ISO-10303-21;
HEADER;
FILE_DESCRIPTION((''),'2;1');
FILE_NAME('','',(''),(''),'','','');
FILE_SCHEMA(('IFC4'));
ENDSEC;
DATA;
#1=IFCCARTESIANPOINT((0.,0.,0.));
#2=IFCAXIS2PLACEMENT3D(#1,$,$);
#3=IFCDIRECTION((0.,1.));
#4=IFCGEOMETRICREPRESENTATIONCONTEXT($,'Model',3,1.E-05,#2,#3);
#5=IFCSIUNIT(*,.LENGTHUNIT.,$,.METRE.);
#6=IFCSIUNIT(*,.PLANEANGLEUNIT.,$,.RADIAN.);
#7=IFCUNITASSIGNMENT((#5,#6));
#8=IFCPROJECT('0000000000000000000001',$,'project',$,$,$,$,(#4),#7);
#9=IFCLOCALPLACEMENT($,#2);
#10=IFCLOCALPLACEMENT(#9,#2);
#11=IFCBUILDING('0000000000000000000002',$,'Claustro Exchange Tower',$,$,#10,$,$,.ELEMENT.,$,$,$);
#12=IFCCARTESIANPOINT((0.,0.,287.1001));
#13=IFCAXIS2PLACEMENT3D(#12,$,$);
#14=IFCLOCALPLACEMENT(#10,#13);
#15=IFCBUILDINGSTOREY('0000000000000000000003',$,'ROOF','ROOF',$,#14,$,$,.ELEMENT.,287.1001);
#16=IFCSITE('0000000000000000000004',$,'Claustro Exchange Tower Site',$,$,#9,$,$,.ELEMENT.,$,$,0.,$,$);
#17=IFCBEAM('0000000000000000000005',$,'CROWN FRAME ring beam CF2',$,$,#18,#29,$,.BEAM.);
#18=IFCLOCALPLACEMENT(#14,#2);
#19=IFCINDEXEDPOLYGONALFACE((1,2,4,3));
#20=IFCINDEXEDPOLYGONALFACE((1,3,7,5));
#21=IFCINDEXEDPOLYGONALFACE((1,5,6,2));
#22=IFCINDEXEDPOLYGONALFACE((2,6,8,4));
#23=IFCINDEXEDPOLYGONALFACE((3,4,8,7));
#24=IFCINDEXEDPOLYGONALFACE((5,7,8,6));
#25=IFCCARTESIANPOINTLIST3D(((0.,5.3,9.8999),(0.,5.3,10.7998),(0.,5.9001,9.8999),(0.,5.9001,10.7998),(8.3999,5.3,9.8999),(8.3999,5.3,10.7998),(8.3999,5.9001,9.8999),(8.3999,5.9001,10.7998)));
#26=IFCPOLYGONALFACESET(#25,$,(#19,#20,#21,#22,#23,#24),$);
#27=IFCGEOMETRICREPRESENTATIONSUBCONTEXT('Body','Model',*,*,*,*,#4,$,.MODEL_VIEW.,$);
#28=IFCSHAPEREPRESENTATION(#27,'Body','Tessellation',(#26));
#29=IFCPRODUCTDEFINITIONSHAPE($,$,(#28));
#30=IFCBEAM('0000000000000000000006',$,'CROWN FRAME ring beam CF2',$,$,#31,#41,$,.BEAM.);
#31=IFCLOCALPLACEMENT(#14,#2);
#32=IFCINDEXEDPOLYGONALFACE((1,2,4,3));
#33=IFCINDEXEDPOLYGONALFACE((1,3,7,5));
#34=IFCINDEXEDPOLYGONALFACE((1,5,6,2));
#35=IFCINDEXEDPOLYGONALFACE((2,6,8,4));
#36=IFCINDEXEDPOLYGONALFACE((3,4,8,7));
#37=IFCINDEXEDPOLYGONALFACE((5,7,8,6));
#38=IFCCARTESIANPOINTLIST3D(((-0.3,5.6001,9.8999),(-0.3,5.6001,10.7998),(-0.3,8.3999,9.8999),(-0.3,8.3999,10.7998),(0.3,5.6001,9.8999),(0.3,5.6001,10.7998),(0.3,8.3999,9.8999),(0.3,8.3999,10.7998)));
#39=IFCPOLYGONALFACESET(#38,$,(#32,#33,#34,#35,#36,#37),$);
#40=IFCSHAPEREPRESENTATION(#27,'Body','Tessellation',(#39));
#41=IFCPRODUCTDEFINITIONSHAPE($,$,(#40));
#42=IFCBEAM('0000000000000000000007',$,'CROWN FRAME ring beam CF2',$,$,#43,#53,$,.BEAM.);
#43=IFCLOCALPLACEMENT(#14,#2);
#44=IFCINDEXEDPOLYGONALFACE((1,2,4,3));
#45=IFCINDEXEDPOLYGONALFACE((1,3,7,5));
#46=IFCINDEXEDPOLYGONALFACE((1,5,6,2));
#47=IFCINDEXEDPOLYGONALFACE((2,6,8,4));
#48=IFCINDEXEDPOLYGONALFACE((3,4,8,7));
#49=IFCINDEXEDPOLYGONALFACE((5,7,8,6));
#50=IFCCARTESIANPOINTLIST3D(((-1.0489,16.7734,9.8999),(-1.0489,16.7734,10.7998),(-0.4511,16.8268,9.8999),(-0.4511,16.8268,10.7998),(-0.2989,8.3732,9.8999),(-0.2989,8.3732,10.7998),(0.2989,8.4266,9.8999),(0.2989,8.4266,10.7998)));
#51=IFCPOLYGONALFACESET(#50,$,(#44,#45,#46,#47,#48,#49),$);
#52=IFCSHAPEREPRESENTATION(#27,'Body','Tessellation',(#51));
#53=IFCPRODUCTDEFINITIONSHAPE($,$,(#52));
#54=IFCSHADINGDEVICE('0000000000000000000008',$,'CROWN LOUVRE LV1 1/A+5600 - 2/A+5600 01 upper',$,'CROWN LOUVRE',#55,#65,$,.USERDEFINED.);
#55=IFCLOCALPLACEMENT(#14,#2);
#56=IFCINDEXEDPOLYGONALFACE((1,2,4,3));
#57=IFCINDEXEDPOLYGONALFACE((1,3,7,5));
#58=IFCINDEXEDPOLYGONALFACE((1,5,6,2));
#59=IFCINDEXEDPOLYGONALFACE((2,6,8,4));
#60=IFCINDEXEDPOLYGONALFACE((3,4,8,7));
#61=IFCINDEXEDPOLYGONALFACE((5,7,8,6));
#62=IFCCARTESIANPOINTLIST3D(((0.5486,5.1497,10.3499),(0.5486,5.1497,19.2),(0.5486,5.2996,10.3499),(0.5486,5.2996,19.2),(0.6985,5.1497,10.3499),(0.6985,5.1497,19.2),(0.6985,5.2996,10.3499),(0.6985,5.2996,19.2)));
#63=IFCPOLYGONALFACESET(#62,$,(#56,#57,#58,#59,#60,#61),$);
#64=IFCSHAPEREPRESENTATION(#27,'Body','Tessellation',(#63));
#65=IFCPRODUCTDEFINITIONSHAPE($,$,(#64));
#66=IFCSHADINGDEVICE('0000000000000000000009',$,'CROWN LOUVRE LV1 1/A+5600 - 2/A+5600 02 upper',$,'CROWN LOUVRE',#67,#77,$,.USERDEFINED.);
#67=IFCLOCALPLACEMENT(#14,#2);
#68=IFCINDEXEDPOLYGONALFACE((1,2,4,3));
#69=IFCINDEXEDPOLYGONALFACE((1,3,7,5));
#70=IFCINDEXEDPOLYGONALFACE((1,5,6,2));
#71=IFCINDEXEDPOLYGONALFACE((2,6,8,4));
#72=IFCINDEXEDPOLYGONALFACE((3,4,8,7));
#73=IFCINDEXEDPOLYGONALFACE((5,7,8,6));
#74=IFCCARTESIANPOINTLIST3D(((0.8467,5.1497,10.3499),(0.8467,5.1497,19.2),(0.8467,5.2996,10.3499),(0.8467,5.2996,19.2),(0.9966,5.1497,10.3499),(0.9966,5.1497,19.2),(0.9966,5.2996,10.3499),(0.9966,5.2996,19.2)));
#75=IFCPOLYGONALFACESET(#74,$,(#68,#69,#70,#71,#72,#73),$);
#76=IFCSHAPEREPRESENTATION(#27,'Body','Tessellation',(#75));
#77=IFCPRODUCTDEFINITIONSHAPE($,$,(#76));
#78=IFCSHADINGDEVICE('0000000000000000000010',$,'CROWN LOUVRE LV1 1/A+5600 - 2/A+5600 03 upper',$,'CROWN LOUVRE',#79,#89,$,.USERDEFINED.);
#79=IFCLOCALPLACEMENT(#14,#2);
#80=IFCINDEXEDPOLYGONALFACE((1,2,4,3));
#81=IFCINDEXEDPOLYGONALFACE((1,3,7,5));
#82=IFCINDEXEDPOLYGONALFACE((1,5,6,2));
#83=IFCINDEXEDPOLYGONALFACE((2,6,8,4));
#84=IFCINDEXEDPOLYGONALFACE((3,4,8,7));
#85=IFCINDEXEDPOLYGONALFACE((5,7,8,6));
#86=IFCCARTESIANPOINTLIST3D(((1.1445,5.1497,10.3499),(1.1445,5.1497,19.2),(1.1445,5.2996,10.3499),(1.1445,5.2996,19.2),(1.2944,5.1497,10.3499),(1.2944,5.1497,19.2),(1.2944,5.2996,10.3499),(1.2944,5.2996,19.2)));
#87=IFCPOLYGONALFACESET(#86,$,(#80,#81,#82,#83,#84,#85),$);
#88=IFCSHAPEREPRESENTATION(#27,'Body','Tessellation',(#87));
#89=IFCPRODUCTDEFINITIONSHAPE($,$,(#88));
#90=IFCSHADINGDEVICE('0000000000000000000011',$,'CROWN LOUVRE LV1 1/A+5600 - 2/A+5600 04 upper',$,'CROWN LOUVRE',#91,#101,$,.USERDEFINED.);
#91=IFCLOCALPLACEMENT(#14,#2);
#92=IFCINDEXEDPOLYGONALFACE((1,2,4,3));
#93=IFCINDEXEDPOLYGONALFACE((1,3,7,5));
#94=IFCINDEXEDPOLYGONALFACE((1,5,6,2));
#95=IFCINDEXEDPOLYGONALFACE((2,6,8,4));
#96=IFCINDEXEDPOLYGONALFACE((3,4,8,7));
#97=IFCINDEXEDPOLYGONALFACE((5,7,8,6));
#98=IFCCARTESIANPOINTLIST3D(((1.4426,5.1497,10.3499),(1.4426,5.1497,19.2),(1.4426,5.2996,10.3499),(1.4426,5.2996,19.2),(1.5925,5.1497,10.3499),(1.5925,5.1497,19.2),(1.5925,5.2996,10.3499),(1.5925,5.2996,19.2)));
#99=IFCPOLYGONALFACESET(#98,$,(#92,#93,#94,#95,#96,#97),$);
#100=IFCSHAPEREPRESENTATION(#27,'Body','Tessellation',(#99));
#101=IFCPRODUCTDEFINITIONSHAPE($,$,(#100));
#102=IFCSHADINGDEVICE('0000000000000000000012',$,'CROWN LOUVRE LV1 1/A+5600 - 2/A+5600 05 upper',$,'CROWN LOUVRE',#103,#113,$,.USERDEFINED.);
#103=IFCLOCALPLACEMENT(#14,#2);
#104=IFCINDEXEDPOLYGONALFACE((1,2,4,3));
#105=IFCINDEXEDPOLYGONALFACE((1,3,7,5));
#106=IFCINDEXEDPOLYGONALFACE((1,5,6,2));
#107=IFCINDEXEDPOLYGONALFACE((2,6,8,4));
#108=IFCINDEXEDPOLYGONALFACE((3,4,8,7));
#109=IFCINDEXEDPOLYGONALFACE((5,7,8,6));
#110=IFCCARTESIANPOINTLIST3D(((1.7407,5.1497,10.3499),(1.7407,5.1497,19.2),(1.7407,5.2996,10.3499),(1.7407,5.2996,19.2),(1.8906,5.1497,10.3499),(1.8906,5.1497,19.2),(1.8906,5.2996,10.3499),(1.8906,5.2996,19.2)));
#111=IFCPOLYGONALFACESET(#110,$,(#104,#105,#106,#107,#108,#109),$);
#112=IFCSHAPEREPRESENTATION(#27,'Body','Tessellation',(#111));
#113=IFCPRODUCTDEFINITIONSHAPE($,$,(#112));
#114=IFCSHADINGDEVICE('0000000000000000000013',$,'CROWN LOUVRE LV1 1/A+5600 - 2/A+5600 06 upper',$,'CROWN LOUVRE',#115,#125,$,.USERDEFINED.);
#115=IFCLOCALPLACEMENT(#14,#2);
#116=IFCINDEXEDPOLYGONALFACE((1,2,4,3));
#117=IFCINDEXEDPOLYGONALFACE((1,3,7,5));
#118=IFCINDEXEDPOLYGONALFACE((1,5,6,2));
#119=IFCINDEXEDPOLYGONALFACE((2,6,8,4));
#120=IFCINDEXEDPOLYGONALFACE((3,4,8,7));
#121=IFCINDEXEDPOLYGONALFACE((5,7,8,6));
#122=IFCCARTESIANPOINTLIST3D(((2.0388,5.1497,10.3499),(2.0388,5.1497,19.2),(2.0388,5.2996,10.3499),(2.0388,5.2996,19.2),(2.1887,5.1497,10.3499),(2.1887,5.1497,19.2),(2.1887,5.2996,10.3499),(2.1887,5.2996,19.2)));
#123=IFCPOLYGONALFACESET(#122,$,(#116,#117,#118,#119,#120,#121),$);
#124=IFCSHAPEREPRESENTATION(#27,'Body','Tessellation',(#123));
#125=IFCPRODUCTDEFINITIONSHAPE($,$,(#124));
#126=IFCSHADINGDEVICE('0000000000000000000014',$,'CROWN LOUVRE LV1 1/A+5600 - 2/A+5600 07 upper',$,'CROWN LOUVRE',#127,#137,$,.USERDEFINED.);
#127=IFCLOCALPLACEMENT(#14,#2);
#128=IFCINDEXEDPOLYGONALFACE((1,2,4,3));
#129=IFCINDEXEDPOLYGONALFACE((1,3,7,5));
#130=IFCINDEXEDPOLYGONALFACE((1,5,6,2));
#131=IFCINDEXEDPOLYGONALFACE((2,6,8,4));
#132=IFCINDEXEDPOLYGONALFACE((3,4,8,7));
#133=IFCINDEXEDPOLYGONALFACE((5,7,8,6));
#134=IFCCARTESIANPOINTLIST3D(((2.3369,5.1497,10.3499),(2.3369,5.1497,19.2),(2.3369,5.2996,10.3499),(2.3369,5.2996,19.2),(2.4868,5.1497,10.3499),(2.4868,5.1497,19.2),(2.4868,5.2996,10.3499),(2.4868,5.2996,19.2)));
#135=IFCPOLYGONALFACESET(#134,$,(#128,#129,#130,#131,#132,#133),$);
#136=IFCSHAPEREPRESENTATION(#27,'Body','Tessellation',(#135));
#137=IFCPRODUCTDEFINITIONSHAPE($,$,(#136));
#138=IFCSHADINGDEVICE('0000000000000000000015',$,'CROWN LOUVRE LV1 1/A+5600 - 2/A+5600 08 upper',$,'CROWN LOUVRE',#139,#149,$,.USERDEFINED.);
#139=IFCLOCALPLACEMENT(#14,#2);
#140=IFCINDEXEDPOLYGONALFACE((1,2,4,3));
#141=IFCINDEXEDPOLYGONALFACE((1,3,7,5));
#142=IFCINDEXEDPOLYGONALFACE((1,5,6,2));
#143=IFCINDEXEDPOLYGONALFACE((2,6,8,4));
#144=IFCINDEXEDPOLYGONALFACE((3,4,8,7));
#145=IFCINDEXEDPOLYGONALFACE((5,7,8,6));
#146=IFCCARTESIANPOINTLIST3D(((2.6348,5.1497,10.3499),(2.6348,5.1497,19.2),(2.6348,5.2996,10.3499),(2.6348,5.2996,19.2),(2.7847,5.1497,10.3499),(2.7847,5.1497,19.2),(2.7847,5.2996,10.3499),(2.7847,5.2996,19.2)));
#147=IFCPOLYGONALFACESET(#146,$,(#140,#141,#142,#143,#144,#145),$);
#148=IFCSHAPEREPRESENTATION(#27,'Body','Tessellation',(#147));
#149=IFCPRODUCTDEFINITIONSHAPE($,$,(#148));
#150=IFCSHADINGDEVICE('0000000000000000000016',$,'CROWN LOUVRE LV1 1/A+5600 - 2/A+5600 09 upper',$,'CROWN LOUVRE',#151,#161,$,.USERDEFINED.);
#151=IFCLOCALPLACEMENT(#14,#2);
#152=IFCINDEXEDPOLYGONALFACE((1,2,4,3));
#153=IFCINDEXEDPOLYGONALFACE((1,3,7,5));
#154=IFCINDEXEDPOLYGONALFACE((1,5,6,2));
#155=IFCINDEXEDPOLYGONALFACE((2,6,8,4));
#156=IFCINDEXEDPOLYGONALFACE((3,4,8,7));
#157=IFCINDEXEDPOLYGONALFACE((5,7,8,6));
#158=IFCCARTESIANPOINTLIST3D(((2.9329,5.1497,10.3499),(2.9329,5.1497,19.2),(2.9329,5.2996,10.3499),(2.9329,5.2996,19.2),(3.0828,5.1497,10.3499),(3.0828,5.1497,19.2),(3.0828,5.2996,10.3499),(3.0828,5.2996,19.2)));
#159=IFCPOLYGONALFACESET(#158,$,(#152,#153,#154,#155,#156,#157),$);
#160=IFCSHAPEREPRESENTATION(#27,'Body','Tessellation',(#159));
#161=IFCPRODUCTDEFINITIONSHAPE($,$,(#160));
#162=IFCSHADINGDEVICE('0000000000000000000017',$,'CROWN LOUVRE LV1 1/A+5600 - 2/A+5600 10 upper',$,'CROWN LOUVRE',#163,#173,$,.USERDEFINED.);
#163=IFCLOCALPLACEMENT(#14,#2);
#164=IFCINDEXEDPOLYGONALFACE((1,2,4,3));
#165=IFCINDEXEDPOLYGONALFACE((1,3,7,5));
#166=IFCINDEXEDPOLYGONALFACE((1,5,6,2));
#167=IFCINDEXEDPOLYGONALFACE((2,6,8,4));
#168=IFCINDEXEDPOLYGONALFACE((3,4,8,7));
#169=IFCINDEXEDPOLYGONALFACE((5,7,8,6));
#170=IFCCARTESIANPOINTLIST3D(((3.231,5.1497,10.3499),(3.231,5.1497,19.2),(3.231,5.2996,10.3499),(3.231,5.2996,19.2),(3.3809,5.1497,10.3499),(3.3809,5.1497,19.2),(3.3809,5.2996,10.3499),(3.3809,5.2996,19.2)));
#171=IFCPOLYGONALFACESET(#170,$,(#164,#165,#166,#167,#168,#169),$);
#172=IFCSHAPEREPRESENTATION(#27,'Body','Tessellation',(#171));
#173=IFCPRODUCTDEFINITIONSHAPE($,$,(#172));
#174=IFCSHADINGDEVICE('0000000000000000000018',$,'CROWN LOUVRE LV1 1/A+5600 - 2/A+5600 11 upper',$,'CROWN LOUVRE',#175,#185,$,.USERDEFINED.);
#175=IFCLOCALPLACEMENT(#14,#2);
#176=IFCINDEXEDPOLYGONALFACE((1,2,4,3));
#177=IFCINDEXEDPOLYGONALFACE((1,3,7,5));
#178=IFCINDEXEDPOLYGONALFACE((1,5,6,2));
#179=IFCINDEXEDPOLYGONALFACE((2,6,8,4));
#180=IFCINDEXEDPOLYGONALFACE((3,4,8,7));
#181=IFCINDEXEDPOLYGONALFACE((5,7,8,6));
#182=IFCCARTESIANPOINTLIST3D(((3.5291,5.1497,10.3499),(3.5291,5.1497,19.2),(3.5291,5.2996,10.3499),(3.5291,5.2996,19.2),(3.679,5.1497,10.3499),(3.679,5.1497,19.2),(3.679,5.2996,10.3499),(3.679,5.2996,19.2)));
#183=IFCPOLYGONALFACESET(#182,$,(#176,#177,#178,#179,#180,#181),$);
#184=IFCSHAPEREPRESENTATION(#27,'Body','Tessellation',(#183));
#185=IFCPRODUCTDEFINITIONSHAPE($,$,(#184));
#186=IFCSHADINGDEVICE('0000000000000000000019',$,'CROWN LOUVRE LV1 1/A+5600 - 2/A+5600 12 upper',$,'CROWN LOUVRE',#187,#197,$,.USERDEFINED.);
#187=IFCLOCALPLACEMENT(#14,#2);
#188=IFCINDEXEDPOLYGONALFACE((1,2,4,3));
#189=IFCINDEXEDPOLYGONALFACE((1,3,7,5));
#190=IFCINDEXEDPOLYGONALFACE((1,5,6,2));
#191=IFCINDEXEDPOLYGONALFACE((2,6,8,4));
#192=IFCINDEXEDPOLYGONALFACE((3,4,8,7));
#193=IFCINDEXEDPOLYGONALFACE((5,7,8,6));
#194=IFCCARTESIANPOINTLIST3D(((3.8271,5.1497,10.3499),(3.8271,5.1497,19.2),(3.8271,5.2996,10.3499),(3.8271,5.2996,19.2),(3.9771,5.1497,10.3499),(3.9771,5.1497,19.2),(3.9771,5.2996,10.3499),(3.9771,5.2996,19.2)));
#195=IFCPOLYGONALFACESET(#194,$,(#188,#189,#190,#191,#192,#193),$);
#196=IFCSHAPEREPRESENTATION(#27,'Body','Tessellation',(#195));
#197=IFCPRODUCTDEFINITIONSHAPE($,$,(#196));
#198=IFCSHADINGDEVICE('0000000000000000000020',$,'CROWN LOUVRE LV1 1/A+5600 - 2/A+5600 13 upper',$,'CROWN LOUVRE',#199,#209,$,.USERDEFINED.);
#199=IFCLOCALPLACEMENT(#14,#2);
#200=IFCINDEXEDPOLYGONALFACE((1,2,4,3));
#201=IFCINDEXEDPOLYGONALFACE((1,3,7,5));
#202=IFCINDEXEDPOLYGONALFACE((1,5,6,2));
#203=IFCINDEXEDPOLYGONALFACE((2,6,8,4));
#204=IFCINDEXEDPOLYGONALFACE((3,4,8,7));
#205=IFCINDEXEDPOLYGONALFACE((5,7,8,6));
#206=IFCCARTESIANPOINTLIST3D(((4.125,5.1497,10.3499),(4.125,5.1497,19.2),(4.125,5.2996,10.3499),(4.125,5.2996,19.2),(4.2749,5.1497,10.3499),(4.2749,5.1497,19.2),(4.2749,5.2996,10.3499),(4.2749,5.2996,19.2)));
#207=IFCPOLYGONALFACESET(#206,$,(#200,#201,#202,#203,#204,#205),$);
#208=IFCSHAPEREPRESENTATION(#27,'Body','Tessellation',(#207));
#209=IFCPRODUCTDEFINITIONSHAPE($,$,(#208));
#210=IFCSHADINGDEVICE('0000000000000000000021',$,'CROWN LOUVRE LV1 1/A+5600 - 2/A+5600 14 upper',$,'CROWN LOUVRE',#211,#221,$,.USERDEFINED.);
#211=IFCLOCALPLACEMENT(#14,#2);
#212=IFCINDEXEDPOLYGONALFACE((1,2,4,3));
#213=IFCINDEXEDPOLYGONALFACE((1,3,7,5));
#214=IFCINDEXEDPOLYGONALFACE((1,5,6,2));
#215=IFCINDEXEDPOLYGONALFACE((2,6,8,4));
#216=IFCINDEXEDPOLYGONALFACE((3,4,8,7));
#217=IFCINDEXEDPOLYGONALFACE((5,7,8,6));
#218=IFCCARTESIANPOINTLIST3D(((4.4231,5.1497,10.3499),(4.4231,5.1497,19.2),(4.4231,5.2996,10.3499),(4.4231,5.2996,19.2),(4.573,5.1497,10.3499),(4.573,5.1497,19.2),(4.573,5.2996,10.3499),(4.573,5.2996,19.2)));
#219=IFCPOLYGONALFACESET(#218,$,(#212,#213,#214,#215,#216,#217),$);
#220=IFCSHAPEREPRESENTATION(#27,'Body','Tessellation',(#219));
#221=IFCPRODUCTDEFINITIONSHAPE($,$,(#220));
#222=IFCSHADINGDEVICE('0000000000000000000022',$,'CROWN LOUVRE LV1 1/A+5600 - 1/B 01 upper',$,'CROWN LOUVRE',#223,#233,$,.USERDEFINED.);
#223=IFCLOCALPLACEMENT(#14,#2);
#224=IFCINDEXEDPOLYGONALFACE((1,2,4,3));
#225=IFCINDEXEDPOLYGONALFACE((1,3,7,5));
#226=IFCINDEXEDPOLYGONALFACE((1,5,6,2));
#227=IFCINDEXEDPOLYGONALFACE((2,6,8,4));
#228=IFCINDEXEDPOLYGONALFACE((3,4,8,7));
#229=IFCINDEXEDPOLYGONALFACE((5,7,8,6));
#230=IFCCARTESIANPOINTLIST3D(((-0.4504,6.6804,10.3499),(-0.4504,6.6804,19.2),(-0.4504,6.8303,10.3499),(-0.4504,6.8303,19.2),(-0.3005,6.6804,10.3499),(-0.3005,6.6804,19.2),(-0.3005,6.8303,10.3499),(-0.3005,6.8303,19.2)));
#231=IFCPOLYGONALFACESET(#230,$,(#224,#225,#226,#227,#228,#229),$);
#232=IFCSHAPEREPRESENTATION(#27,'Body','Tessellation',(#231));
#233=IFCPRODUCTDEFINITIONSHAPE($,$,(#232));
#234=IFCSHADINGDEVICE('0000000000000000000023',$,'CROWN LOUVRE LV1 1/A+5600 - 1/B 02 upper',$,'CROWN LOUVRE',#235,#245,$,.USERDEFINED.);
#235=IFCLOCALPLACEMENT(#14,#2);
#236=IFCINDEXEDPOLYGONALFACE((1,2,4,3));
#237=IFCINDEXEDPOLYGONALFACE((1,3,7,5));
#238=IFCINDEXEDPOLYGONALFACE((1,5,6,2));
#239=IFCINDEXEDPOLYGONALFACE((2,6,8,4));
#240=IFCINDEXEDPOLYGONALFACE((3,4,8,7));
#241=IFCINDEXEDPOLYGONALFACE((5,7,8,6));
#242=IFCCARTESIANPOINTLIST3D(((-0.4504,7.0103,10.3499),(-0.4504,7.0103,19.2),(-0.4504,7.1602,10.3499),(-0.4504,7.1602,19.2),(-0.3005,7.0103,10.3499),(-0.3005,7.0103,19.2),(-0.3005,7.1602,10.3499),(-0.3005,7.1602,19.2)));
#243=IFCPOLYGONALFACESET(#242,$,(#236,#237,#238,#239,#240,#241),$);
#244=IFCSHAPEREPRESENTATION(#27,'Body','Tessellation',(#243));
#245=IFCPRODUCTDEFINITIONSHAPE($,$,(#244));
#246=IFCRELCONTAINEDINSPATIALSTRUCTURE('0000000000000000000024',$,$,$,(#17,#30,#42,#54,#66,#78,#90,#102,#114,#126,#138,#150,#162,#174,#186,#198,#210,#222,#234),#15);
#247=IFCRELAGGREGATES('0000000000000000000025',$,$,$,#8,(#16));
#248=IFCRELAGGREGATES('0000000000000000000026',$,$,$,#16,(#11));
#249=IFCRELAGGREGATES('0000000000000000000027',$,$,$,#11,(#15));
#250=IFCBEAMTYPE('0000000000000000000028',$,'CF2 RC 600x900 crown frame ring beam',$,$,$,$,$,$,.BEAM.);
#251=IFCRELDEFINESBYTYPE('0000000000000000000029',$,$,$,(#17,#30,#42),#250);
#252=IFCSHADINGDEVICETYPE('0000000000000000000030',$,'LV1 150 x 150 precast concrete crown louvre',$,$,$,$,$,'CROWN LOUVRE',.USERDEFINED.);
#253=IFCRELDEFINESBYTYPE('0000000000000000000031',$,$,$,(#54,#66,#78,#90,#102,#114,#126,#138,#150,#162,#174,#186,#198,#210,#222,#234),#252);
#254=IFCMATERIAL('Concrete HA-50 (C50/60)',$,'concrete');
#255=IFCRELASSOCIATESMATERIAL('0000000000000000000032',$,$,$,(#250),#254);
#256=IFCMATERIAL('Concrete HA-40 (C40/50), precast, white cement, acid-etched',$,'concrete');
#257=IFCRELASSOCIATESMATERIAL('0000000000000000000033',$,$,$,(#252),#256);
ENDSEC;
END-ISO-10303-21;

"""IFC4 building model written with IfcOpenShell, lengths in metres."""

from ifc_helpers import new_model, si_unit, direction, frame, origin, origin_2d, place, context, subcontext, project, spatial, rectangle, extrude, material, material_profile, profile_set, type_object, element, save


model = new_model("IFC4")

# Units and contexts
model_context = context("Model", 3, precision=1e-05, world=origin(), true_north=direction((0.0, 1.0)))
body_context = subcontext(model_context, "Body", "Model", "MODEL_VIEW")
ifc_project = project(units=[si_unit("LENGTHUNIT", "METRE"), si_unit("PLANEANGLEUNIT", "RADIAN")], contexts=[model_context])

# Site, building, storey
site_placement = place(None, origin())
site = spatial("IfcSite", under=ifc_project, at=site_placement, Name="Claustro Exchange Tower Site", CompositionType="ELEMENT", RefElevation=0.0)
building_placement = place(site_placement, origin())
building = spatial("IfcBuilding", under=site, at=building_placement, Name="Claustro Exchange Tower", CompositionType="ELEMENT")
storey_placement = place(building_placement, frame((0.0, 0.0, 287.1001)))
storey = spatial("IfcBuildingStorey", under=building, at=storey_placement, Name="ROOF", Description="ROOF", CompositionType="ELEMENT", Elevation=287.1001)

# Beams
ifc_material_1 = material(Name="Concrete HA-50 (C50/60)", Category="concrete")
ifc_material_profile = material_profile(ifc_material_1, rectangle(XDim=0.6001, YDim=0.8999, at=origin_2d()), Name="RC 600x900")
ifc_profile_set = profile_set([ifc_material_profile], Name="Concrete HA-50 (C50/60)")
beam_type = type_object("IfcBeamType", Name="CF2 RC 600x900 crown frame ring beam", PredefinedType="BEAM", material=ifc_profile_set)
beam_1_placement = place(storey_placement, frame((0.0, 5.6001, 10.3499), z_axis=(1.0, 0.0, 0.0), x_axis=(0.0, 1.0, 0.0)))
element("IfcBeam", 1, at=beam_1_placement, inside=storey, type_object=beam_type, Name="CROWN FRAME ring beam CF2", PredefinedType="BEAM", context=body_context, shape_type="SweptSolid", body=[
    extrude(rectangle(XDim=0.6001, YDim=0.8999, at=origin_2d()), origin(), (0.0, 0.0, 1.0), 8.3999),
])
beam_2_placement = place(storey_placement, frame((0.0, 5.6001, 10.3499), z_axis=(0.0, 1.0, 0.0), x_axis=(-1.0, 0.0, 0.0)))
element("IfcBeam", 2, at=beam_2_placement, inside=storey, type_object=beam_type, Name="CROWN FRAME ring beam CF2", PredefinedType="BEAM", context=body_context, shape_type="SweptSolid", body=[
    extrude(rectangle(XDim=0.6001, YDim=0.8999, at=origin_2d()), origin(), (0.0, 0.0, 1.0), 2.7998),
])
beam_3_placement = place(storey_placement, frame((0.0, 8.3999, 10.3499), z_axis=(-0.08893, 0.996038, 0.0), x_axis=(-0.996038, -0.08893, 0.0)))
element("IfcBeam", 3, at=beam_3_placement, inside=storey, type_object=beam_type, Name="CROWN FRAME ring beam CF2", PredefinedType="BEAM", context=body_context, shape_type="SweptSolid", body=[
    extrude(rectangle(XDim=0.6001, YDim=0.8999, at=origin_2d()), origin(), (0.0, 0.0, 1.0), 8.4336),
])

# Shading devices
ifc_material_2 = material(Name="Concrete HA-40 (C40/50), precast, white cement, acid-etched", Category="concrete")
shading_device_type = type_object("IfcShadingDeviceType", Name="LV1 150 x 150 precast concrete crown louvre", ElementType="CROWN LOUVRE", PredefinedType="USERDEFINED", material=ifc_material_2)
for number, where, z_axis, x_axis, name in (
    (4, (0.6235, 5.2246, 10.3499), (0.0, 0.0, 1.0), (1.0, 0.0, 0.0), "CROWN LOUVRE LV1 1/A+5600 - 2/A+5600 01 upper"),
    (5, (0.9216, 5.2246, 10.3499), (0.0, 0.0, 1.0), (1.0, 0.0, 0.0), "CROWN LOUVRE LV1 1/A+5600 - 2/A+5600 02 upper"),
    (6, (1.2195, 5.2246, 10.3499), (0.0, 0.0, 1.0), (1.0, 0.0, 0.0), "CROWN LOUVRE LV1 1/A+5600 - 2/A+5600 03 upper"),
    (7, (1.5176, 5.2246, 10.3499), (0.0, 0.0, 1.0), (1.0, 0.0, 0.0), "CROWN LOUVRE LV1 1/A+5600 - 2/A+5600 04 upper"),
    (8, (1.8157, 5.2246, 10.3499), (0.0, 0.0, 1.0), (1.0, 0.0, 0.0), "CROWN LOUVRE LV1 1/A+5600 - 2/A+5600 05 upper"),
    (9, (2.1138, 5.2246, 10.3499), (0.0, 0.0, 1.0), (1.0, 0.0, 0.0), "CROWN LOUVRE LV1 1/A+5600 - 2/A+5600 06 upper"),
    (10, (2.4119, 5.2246, 10.3499), (0.0, 0.0, 1.0), (1.0, 0.0, 0.0), "CROWN LOUVRE LV1 1/A+5600 - 2/A+5600 07 upper"),
    (11, (2.7097, 5.2246, 10.3499), (0.0, 0.0, 1.0), (1.0, 0.0, 0.0), "CROWN LOUVRE LV1 1/A+5600 - 2/A+5600 08 upper"),
    (12, (3.0078, 5.2246, 10.3499), (0.0, 0.0, 1.0), (1.0, 0.0, 0.0), "CROWN LOUVRE LV1 1/A+5600 - 2/A+5600 09 upper"),
    (13, (3.3059, 5.2246, 10.3499), (0.0, 0.0, 1.0), (1.0, 0.0, 0.0), "CROWN LOUVRE LV1 1/A+5600 - 2/A+5600 10 upper"),
    (14, (3.604, 5.2246, 10.3499), (0.0, 0.0, 1.0), (1.0, 0.0, 0.0), "CROWN LOUVRE LV1 1/A+5600 - 2/A+5600 11 upper"),
    (15, (3.9021, 5.2246, 10.3499), (0.0, 0.0, 1.0), (1.0, 0.0, 0.0), "CROWN LOUVRE LV1 1/A+5600 - 2/A+5600 12 upper"),
    (16, (4.2, 5.2246, 10.3499), (0.0, 0.0, 1.0), (1.0, 0.0, 0.0), "CROWN LOUVRE LV1 1/A+5600 - 2/A+5600 13 upper"),
    (17, (4.498, 5.2246, 10.3499), (0.0, 0.0, 1.0), (1.0, 0.0, 0.0), "CROWN LOUVRE LV1 1/A+5600 - 2/A+5600 14 upper"),
    (18, (-0.3755, 6.7554, 10.3499), (0.0, 0.0, 1.0), (0.0, 1.0, 0.0), "CROWN LOUVRE LV1 1/A+5600 - 1/B 01 upper"),
    (19, (-0.3755, 7.0852, 10.3499), (0.0, 0.0, 1.0), (0.0, 1.0, 0.0), "CROWN LOUVRE LV1 1/A+5600 - 1/B 02 upper"),
):
    element("IfcShadingDevice", number, at=place(storey_placement, frame(where, z_axis=z_axis, x_axis=x_axis)), inside=storey, type_object=shading_device_type, Name=name, ObjectType="CROWN LOUVRE", PredefinedType="USERDEFINED", context=body_context, shape_type="SweptSolid", body=[
        extrude(rectangle(XDim=0.1499, YDim=0.1499, at=origin_2d()), origin(), (0.0, 0.0, 1.0), 8.8501),
    ])

save(model, "model.ifc")
